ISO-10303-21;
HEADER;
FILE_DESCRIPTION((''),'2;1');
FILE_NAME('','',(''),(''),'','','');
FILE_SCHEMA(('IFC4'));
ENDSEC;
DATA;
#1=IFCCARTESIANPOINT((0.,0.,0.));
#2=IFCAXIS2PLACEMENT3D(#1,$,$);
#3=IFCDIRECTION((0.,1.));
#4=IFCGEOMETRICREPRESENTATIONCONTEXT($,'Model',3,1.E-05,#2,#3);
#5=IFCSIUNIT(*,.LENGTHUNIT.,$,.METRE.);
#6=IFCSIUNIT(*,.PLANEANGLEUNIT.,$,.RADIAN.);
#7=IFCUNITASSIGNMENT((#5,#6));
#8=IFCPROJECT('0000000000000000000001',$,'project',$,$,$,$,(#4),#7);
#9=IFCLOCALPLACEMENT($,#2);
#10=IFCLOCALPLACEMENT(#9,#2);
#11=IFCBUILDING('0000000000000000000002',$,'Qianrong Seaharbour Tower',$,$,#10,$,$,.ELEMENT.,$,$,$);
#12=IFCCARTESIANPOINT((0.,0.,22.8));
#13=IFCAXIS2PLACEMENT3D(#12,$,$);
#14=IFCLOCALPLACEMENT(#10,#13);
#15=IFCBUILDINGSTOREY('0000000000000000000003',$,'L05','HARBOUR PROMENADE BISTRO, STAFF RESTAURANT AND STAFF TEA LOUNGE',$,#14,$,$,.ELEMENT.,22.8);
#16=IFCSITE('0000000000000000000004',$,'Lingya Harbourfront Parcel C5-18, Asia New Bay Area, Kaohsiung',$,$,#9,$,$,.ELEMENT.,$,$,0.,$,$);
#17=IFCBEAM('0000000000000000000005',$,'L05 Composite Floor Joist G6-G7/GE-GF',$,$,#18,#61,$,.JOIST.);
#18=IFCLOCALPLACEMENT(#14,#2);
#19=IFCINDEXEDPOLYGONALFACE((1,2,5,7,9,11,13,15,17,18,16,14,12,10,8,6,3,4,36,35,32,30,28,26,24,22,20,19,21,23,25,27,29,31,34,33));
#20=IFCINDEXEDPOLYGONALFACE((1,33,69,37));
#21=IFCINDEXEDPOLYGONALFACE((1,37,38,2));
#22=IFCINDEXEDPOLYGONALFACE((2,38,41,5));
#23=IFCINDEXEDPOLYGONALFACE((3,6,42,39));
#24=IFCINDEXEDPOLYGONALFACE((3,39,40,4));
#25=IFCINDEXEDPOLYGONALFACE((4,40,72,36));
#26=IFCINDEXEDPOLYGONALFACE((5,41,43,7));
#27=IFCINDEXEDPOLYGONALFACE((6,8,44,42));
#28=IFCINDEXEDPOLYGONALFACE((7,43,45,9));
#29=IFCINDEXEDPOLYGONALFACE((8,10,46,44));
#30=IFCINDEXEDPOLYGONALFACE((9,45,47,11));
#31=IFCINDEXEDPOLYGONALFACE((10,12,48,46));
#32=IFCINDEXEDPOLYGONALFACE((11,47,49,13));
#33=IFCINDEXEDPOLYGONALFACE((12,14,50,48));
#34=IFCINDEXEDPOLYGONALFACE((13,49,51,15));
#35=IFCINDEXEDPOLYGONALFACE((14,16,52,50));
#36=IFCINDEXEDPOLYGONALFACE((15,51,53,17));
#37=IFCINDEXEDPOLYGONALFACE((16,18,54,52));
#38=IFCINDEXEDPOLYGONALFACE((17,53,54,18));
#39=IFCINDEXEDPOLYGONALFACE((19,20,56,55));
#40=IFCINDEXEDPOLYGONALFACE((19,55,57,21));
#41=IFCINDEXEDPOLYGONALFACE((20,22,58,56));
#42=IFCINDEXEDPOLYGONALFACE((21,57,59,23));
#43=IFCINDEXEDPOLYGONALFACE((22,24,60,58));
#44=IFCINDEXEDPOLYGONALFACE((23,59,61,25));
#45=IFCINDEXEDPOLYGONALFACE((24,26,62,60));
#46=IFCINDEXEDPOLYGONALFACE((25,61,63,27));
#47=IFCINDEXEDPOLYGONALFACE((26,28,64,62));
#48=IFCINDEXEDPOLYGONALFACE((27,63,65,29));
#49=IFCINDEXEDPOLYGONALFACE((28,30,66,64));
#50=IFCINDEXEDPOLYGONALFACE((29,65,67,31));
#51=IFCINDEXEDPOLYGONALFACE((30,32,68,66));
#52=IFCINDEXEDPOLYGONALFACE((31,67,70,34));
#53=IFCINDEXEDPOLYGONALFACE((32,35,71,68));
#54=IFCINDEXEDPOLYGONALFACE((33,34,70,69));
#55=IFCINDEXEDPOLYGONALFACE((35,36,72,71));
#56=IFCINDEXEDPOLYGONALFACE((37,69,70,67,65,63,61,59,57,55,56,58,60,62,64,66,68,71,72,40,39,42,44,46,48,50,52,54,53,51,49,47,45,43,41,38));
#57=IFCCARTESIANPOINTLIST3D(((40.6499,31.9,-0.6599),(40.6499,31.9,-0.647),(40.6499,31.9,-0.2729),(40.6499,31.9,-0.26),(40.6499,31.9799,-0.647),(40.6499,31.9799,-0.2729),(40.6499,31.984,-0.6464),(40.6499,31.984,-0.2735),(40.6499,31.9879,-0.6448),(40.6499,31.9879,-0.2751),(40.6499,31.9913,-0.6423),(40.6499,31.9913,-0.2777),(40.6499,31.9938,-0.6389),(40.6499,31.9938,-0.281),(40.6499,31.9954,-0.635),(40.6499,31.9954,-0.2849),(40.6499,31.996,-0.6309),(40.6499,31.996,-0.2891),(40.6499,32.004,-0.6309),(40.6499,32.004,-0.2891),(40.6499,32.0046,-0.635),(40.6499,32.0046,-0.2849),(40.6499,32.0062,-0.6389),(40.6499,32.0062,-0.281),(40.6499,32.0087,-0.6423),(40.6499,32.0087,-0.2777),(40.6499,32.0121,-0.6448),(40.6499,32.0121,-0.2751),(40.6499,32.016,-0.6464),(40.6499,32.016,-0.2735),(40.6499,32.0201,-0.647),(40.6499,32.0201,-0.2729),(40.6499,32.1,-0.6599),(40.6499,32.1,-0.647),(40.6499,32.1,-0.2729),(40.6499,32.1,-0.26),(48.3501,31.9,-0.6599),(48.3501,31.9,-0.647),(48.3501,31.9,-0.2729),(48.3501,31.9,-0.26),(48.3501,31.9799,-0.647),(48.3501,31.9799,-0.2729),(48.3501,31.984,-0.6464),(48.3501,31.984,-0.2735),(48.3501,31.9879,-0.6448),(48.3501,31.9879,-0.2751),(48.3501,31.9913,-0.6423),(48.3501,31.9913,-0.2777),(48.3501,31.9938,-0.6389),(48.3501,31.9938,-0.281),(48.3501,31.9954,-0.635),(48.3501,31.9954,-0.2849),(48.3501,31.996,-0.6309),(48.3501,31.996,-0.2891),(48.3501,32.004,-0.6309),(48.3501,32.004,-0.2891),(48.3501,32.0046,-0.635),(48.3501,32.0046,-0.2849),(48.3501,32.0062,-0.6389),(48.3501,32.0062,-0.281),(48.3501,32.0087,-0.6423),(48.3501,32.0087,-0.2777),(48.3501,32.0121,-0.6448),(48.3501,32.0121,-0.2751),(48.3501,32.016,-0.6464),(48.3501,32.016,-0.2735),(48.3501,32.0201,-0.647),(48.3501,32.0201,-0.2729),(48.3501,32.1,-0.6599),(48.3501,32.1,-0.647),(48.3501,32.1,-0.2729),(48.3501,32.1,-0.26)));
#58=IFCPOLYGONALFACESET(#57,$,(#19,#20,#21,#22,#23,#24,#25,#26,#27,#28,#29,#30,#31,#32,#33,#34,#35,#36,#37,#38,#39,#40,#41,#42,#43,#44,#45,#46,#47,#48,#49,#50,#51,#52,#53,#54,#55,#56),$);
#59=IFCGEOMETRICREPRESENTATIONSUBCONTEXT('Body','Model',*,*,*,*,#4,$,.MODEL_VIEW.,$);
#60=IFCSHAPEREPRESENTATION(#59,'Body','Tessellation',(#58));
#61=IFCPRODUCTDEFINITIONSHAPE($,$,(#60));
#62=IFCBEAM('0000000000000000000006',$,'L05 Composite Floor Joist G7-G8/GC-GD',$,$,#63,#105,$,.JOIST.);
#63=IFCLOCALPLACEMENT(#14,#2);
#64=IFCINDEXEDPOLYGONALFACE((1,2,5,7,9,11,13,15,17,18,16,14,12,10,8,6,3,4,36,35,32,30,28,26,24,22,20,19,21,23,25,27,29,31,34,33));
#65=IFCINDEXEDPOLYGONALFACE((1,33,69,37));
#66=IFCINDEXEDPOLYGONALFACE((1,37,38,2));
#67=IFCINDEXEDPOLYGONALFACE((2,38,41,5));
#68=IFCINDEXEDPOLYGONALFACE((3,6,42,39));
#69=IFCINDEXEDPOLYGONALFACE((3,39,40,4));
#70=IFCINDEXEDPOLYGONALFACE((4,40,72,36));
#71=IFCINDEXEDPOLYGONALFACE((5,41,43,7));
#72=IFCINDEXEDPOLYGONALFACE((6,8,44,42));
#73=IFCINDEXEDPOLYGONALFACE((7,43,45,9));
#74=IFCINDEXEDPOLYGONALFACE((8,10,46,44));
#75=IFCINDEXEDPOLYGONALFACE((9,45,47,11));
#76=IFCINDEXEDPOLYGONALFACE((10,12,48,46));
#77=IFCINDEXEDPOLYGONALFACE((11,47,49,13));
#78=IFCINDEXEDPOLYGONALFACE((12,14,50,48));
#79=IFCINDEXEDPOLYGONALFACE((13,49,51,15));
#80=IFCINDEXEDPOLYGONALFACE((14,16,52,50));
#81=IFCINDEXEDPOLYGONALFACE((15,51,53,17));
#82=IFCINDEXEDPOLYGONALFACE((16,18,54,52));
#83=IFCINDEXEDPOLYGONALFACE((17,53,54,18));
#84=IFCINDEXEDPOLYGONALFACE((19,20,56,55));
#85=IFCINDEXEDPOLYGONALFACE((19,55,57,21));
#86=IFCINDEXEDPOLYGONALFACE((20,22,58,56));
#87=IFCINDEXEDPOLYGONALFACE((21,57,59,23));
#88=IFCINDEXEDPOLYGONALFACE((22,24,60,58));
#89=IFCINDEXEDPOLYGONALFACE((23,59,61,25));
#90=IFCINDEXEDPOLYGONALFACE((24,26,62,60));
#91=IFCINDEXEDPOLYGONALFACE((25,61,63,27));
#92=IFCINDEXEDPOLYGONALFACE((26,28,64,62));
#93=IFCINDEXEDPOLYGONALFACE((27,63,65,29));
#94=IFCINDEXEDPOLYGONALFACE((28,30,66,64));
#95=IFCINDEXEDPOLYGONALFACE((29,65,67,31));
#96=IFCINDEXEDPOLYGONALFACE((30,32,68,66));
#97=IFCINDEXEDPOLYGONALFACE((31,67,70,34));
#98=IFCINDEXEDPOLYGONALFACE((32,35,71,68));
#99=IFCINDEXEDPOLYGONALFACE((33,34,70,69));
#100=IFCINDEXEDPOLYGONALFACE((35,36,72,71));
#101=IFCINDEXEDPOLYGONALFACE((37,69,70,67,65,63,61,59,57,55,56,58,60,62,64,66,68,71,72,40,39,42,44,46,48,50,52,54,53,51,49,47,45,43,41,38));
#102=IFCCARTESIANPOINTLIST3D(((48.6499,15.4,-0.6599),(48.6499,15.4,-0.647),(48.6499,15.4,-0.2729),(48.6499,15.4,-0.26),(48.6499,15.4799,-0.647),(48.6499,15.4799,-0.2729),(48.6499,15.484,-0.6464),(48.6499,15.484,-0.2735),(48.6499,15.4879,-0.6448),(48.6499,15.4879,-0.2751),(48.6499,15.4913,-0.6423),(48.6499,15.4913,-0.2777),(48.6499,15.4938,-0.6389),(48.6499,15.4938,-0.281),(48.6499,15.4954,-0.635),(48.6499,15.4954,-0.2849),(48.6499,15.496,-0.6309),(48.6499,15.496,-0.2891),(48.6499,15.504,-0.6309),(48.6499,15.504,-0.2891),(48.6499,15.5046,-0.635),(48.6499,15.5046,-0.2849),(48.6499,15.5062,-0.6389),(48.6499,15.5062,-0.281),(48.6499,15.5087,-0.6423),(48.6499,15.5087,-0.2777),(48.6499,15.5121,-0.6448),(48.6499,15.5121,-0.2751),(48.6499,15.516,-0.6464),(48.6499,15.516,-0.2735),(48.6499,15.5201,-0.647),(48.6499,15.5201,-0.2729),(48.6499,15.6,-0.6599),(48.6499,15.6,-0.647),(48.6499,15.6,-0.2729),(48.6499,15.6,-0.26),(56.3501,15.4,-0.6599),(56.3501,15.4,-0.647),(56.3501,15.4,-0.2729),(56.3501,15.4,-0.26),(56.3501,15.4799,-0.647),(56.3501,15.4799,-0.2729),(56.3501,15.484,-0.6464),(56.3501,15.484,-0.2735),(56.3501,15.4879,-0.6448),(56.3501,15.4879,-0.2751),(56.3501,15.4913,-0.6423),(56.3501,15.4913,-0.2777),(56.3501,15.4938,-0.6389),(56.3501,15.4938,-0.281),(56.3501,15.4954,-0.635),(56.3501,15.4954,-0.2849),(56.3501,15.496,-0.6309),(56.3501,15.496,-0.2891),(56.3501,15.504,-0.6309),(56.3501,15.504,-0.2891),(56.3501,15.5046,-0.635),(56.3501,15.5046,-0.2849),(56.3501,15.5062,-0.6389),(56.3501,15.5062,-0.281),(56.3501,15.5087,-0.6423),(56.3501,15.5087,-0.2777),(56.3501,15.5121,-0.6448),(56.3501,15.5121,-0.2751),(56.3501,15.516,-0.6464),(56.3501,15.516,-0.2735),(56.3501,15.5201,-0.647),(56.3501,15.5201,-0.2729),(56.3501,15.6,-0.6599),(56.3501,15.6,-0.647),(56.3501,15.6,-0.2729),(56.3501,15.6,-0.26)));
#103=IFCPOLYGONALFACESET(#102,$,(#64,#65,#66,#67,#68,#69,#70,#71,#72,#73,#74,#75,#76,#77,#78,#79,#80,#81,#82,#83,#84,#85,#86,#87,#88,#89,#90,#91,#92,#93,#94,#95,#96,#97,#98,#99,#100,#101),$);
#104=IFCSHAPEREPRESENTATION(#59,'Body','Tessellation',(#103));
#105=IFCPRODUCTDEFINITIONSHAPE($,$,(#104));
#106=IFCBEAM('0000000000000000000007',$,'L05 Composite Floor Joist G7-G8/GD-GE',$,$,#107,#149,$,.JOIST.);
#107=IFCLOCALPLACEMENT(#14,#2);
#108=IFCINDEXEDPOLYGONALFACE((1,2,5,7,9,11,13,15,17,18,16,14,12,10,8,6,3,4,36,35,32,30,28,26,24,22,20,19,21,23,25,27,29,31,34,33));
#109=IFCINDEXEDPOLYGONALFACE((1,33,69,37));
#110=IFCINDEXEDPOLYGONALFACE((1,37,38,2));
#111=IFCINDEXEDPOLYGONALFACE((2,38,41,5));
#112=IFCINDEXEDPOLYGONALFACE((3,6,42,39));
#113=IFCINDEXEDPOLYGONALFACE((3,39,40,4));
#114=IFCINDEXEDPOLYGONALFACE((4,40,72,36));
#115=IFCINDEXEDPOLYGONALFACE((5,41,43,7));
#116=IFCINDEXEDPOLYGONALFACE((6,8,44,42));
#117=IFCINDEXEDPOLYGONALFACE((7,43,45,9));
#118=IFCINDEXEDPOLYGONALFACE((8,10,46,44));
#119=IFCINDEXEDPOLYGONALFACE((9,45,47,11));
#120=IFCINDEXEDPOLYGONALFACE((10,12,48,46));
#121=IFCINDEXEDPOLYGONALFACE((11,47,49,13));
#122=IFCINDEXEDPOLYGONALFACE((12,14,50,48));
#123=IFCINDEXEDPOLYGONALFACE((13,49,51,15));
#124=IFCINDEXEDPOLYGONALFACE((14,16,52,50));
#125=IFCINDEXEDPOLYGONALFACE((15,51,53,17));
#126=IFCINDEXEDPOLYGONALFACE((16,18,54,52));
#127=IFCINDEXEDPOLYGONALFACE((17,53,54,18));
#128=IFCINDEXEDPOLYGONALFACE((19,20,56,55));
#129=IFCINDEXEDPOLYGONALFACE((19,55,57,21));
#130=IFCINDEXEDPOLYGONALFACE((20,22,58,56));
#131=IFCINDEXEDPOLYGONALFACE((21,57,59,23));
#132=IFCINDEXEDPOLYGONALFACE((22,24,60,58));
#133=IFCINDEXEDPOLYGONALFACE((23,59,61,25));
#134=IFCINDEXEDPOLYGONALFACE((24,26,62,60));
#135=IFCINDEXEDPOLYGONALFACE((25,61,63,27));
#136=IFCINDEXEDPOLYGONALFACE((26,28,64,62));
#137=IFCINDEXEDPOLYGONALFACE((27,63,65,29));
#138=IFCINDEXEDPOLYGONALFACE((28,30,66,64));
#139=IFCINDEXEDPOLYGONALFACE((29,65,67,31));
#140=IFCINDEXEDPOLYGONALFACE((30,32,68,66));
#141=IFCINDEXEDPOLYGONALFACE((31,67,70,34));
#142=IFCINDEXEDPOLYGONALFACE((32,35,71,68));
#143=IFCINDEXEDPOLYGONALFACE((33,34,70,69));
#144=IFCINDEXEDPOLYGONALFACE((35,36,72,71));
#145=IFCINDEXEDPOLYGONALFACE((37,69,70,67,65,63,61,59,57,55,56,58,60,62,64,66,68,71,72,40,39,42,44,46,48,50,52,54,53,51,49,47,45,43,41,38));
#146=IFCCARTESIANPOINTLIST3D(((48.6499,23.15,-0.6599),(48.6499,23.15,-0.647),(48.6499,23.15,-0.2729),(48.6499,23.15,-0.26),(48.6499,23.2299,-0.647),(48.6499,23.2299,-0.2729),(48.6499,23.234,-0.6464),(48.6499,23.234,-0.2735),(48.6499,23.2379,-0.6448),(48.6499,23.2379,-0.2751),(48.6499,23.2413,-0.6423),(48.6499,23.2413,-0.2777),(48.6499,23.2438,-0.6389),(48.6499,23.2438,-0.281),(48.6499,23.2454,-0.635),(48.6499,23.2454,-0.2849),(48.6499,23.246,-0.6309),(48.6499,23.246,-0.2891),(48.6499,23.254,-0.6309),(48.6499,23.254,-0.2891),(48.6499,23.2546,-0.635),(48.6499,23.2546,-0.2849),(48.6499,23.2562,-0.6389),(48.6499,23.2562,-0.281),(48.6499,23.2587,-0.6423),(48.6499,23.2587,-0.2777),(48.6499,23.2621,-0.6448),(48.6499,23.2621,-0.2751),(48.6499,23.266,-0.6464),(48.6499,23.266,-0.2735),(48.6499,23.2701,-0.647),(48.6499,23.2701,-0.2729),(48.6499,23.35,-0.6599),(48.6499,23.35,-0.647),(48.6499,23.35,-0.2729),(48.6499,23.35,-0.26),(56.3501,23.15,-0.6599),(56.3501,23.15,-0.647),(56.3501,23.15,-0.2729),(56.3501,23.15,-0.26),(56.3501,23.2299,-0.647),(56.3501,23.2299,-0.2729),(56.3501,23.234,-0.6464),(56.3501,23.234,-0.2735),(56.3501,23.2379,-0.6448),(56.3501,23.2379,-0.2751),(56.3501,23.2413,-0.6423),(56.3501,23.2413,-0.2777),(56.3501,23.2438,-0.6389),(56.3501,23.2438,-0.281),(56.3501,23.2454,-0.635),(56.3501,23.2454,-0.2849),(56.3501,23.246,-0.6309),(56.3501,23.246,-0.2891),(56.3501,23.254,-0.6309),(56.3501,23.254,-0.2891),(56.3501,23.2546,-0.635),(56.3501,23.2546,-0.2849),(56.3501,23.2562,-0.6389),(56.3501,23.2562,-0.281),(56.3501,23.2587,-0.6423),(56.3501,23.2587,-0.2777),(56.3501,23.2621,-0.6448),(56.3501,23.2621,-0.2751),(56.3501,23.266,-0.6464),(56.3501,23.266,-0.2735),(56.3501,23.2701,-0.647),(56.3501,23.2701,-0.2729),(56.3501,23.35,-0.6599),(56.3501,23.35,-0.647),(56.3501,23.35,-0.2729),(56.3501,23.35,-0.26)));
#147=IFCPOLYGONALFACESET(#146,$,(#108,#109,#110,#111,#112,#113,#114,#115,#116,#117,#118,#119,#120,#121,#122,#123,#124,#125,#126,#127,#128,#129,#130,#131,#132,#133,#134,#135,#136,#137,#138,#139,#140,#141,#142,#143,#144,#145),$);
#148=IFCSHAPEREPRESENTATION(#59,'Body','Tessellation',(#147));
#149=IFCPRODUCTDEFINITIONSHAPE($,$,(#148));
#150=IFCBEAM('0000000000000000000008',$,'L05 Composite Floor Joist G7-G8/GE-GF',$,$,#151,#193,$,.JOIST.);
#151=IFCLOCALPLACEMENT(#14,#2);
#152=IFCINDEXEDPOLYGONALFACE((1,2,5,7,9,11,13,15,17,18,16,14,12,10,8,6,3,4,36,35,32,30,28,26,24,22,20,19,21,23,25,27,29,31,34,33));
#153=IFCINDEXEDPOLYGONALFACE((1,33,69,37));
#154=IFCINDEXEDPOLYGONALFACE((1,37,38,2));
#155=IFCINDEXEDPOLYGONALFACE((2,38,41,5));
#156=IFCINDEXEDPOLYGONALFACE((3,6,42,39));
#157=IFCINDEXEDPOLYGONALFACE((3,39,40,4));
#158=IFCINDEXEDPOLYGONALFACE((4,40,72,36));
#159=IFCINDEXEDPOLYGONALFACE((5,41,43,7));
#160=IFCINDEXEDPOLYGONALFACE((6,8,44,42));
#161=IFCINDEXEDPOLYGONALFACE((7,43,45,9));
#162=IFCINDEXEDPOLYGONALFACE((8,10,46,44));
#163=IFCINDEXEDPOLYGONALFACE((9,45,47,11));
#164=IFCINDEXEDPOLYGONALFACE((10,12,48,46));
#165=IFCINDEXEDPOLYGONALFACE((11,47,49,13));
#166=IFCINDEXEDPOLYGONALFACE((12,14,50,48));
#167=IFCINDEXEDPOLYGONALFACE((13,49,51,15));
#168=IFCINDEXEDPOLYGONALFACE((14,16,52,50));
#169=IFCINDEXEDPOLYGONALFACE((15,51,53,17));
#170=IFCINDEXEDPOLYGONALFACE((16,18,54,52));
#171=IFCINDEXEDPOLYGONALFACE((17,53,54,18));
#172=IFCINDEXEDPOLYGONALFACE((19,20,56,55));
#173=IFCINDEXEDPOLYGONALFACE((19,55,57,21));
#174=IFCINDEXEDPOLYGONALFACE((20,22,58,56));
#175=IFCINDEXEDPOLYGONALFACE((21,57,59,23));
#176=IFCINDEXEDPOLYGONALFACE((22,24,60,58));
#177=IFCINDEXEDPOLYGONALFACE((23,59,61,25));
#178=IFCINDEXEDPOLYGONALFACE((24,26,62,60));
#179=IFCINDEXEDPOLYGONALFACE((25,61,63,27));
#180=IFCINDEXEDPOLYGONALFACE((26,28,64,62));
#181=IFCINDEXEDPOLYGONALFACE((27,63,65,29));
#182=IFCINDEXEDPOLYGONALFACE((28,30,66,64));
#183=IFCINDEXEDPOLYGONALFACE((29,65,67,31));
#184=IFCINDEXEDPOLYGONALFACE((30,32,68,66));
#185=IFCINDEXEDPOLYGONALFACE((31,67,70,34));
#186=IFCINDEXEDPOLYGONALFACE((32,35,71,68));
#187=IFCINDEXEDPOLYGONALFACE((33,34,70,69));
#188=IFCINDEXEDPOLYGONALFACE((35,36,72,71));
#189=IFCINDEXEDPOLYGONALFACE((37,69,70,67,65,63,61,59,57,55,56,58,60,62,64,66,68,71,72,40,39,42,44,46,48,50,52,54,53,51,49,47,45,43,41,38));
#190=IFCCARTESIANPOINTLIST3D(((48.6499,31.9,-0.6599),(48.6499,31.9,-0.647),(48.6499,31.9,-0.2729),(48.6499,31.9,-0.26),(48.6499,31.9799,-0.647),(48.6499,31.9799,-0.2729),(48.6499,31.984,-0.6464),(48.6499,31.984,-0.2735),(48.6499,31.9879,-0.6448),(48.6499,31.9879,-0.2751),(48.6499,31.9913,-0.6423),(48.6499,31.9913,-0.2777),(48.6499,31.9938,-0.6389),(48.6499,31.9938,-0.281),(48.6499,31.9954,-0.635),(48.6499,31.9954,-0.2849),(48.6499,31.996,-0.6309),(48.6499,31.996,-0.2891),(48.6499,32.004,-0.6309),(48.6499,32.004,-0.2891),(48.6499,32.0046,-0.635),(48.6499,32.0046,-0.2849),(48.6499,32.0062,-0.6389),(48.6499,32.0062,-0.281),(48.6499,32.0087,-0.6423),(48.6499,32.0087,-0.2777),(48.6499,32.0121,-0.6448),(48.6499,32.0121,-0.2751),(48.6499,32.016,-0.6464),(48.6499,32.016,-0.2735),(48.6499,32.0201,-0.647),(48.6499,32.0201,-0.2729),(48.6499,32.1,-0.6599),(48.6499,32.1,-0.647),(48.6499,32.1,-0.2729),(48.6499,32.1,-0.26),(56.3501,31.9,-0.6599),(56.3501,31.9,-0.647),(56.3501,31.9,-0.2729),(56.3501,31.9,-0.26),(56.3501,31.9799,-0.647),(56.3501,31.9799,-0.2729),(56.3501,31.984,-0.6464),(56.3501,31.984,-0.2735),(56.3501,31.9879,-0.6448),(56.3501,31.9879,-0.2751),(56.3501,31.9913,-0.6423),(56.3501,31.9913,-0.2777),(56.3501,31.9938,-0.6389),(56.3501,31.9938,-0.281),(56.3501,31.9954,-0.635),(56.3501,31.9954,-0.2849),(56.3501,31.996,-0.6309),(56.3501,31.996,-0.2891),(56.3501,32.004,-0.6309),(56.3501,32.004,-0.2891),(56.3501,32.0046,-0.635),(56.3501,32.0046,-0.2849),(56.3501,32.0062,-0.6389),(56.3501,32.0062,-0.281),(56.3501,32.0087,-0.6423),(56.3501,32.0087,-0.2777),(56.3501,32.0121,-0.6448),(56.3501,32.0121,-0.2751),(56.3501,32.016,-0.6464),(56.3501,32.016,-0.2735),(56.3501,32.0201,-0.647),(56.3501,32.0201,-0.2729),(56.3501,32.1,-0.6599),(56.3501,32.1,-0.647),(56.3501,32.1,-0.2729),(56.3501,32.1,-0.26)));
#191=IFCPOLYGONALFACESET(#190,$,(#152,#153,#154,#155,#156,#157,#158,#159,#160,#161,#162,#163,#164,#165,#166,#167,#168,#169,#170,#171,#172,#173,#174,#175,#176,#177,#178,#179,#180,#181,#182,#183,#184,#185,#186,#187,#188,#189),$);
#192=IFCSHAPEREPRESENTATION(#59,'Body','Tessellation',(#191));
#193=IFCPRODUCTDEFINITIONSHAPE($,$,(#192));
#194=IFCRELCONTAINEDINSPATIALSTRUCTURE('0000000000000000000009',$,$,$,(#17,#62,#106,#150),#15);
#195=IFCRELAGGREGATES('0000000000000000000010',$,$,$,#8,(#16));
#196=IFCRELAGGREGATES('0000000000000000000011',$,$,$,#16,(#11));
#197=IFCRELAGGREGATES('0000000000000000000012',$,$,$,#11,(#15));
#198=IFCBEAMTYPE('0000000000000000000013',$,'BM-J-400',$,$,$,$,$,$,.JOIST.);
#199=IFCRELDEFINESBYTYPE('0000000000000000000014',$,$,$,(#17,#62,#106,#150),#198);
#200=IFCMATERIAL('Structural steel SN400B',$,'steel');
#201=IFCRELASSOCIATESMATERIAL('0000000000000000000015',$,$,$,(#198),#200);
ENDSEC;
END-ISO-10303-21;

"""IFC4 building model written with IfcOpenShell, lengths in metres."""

from ifc_helpers import new_model, si_unit, direction, frame, origin, origin_2d, place, context, subcontext, project, spatial, i_section, extrude, material, material_profile, profile_set, type_object, element, save


model = new_model("IFC4")

# Units and contexts
model_context = context("Model", 3, precision=1e-05, world=origin(), true_north=direction((0.0, 1.0)))
body_context = subcontext(model_context, "Body", "Model", "MODEL_VIEW")
ifc_project = project(units=[si_unit("LENGTHUNIT", "METRE"), si_unit("PLANEANGLEUNIT", "RADIAN")], contexts=[model_context])

# Site, building, storey
site_placement = place(None, origin())
site = spatial("IfcSite", under=ifc_project, at=site_placement, Name="Lingya Harbourfront Parcel C5-18, Asia New Bay Area, Kaohsiung", CompositionType="ELEMENT", RefElevation=0.0)
building_placement = place(site_placement, origin())
building = spatial("IfcBuilding", under=site, at=building_placement, Name="Qianrong Seaharbour Tower", CompositionType="ELEMENT")
storey_placement = place(building_placement, frame((0.0, 0.0, 22.8)))
storey = spatial("IfcBuildingStorey", under=building, at=storey_placement, Name="L05", Description="HARBOUR PROMENADE BISTRO, STAFF RESTAURANT AND STAFF TEA LOUNGE", CompositionType="ELEMENT", Elevation=22.8)

# Beams
ifc_material_1 = material(Name="Structural steel SN400B", Category="steel")
ifc_material_profile_1 = material_profile(ifc_material_1, i_section(OverallWidth=0.2, OverallDepth=0.3999, WebThickness=0.0081, FlangeThickness=0.0129, FilletRadius=0.0161, at=origin_2d()), Name="H400x200x8x13")
ifc_profile_set_1 = profile_set([ifc_material_profile_1], Name="Structural steel SN400B")
beam_type_1 = type_object("IfcBeamType", Name="BM-J-400", PredefinedType="JOIST", material=ifc_profile_set_1)
for number, where, z_axis, x_axis, name in (
    (1, (40.6499, 32.0, -0.46), (1.0, 0.0, 0.0), (0.0, 1.0, 0.0), "L05 Composite Floor Joist G6-G7/GE-GF"),
    (2, (48.6499, 15.5, -0.46), (1.0, 0.0, 0.0), (0.0, 1.0, 0.0), "L05 Composite Floor Joist G7-G8/GC-GD"),
    (3, (48.6499, 23.25, -0.46), (1.0, 0.0, 0.0), (0.0, 1.0, 0.0), "L05 Composite Floor Joist G7-G8/GD-GE"),
    (4, (48.6499, 32.0, -0.46), (1.0, 0.0, 0.0), (0.0, 1.0, 0.0), "L05 Composite Floor Joist G7-G8/GE-GF"),
):
    element("IfcBeam", number, at=place(storey_placement, frame(where, z_axis=z_axis, x_axis=x_axis)), inside=storey, type_object=beam_type_1, Name=name, PredefinedType="JOIST", context=body_context, shape_type="SweptSolid", body=[
        extrude(i_section(OverallWidth=0.2, OverallDepth=0.3999, WebThickness=0.0081, FlangeThickness=0.0129, FilletRadius=0.0161, at=origin_2d()), origin(), (0.0, 0.0, 1.0), 7.7002),
    ])

save(model, "model.ifc")
